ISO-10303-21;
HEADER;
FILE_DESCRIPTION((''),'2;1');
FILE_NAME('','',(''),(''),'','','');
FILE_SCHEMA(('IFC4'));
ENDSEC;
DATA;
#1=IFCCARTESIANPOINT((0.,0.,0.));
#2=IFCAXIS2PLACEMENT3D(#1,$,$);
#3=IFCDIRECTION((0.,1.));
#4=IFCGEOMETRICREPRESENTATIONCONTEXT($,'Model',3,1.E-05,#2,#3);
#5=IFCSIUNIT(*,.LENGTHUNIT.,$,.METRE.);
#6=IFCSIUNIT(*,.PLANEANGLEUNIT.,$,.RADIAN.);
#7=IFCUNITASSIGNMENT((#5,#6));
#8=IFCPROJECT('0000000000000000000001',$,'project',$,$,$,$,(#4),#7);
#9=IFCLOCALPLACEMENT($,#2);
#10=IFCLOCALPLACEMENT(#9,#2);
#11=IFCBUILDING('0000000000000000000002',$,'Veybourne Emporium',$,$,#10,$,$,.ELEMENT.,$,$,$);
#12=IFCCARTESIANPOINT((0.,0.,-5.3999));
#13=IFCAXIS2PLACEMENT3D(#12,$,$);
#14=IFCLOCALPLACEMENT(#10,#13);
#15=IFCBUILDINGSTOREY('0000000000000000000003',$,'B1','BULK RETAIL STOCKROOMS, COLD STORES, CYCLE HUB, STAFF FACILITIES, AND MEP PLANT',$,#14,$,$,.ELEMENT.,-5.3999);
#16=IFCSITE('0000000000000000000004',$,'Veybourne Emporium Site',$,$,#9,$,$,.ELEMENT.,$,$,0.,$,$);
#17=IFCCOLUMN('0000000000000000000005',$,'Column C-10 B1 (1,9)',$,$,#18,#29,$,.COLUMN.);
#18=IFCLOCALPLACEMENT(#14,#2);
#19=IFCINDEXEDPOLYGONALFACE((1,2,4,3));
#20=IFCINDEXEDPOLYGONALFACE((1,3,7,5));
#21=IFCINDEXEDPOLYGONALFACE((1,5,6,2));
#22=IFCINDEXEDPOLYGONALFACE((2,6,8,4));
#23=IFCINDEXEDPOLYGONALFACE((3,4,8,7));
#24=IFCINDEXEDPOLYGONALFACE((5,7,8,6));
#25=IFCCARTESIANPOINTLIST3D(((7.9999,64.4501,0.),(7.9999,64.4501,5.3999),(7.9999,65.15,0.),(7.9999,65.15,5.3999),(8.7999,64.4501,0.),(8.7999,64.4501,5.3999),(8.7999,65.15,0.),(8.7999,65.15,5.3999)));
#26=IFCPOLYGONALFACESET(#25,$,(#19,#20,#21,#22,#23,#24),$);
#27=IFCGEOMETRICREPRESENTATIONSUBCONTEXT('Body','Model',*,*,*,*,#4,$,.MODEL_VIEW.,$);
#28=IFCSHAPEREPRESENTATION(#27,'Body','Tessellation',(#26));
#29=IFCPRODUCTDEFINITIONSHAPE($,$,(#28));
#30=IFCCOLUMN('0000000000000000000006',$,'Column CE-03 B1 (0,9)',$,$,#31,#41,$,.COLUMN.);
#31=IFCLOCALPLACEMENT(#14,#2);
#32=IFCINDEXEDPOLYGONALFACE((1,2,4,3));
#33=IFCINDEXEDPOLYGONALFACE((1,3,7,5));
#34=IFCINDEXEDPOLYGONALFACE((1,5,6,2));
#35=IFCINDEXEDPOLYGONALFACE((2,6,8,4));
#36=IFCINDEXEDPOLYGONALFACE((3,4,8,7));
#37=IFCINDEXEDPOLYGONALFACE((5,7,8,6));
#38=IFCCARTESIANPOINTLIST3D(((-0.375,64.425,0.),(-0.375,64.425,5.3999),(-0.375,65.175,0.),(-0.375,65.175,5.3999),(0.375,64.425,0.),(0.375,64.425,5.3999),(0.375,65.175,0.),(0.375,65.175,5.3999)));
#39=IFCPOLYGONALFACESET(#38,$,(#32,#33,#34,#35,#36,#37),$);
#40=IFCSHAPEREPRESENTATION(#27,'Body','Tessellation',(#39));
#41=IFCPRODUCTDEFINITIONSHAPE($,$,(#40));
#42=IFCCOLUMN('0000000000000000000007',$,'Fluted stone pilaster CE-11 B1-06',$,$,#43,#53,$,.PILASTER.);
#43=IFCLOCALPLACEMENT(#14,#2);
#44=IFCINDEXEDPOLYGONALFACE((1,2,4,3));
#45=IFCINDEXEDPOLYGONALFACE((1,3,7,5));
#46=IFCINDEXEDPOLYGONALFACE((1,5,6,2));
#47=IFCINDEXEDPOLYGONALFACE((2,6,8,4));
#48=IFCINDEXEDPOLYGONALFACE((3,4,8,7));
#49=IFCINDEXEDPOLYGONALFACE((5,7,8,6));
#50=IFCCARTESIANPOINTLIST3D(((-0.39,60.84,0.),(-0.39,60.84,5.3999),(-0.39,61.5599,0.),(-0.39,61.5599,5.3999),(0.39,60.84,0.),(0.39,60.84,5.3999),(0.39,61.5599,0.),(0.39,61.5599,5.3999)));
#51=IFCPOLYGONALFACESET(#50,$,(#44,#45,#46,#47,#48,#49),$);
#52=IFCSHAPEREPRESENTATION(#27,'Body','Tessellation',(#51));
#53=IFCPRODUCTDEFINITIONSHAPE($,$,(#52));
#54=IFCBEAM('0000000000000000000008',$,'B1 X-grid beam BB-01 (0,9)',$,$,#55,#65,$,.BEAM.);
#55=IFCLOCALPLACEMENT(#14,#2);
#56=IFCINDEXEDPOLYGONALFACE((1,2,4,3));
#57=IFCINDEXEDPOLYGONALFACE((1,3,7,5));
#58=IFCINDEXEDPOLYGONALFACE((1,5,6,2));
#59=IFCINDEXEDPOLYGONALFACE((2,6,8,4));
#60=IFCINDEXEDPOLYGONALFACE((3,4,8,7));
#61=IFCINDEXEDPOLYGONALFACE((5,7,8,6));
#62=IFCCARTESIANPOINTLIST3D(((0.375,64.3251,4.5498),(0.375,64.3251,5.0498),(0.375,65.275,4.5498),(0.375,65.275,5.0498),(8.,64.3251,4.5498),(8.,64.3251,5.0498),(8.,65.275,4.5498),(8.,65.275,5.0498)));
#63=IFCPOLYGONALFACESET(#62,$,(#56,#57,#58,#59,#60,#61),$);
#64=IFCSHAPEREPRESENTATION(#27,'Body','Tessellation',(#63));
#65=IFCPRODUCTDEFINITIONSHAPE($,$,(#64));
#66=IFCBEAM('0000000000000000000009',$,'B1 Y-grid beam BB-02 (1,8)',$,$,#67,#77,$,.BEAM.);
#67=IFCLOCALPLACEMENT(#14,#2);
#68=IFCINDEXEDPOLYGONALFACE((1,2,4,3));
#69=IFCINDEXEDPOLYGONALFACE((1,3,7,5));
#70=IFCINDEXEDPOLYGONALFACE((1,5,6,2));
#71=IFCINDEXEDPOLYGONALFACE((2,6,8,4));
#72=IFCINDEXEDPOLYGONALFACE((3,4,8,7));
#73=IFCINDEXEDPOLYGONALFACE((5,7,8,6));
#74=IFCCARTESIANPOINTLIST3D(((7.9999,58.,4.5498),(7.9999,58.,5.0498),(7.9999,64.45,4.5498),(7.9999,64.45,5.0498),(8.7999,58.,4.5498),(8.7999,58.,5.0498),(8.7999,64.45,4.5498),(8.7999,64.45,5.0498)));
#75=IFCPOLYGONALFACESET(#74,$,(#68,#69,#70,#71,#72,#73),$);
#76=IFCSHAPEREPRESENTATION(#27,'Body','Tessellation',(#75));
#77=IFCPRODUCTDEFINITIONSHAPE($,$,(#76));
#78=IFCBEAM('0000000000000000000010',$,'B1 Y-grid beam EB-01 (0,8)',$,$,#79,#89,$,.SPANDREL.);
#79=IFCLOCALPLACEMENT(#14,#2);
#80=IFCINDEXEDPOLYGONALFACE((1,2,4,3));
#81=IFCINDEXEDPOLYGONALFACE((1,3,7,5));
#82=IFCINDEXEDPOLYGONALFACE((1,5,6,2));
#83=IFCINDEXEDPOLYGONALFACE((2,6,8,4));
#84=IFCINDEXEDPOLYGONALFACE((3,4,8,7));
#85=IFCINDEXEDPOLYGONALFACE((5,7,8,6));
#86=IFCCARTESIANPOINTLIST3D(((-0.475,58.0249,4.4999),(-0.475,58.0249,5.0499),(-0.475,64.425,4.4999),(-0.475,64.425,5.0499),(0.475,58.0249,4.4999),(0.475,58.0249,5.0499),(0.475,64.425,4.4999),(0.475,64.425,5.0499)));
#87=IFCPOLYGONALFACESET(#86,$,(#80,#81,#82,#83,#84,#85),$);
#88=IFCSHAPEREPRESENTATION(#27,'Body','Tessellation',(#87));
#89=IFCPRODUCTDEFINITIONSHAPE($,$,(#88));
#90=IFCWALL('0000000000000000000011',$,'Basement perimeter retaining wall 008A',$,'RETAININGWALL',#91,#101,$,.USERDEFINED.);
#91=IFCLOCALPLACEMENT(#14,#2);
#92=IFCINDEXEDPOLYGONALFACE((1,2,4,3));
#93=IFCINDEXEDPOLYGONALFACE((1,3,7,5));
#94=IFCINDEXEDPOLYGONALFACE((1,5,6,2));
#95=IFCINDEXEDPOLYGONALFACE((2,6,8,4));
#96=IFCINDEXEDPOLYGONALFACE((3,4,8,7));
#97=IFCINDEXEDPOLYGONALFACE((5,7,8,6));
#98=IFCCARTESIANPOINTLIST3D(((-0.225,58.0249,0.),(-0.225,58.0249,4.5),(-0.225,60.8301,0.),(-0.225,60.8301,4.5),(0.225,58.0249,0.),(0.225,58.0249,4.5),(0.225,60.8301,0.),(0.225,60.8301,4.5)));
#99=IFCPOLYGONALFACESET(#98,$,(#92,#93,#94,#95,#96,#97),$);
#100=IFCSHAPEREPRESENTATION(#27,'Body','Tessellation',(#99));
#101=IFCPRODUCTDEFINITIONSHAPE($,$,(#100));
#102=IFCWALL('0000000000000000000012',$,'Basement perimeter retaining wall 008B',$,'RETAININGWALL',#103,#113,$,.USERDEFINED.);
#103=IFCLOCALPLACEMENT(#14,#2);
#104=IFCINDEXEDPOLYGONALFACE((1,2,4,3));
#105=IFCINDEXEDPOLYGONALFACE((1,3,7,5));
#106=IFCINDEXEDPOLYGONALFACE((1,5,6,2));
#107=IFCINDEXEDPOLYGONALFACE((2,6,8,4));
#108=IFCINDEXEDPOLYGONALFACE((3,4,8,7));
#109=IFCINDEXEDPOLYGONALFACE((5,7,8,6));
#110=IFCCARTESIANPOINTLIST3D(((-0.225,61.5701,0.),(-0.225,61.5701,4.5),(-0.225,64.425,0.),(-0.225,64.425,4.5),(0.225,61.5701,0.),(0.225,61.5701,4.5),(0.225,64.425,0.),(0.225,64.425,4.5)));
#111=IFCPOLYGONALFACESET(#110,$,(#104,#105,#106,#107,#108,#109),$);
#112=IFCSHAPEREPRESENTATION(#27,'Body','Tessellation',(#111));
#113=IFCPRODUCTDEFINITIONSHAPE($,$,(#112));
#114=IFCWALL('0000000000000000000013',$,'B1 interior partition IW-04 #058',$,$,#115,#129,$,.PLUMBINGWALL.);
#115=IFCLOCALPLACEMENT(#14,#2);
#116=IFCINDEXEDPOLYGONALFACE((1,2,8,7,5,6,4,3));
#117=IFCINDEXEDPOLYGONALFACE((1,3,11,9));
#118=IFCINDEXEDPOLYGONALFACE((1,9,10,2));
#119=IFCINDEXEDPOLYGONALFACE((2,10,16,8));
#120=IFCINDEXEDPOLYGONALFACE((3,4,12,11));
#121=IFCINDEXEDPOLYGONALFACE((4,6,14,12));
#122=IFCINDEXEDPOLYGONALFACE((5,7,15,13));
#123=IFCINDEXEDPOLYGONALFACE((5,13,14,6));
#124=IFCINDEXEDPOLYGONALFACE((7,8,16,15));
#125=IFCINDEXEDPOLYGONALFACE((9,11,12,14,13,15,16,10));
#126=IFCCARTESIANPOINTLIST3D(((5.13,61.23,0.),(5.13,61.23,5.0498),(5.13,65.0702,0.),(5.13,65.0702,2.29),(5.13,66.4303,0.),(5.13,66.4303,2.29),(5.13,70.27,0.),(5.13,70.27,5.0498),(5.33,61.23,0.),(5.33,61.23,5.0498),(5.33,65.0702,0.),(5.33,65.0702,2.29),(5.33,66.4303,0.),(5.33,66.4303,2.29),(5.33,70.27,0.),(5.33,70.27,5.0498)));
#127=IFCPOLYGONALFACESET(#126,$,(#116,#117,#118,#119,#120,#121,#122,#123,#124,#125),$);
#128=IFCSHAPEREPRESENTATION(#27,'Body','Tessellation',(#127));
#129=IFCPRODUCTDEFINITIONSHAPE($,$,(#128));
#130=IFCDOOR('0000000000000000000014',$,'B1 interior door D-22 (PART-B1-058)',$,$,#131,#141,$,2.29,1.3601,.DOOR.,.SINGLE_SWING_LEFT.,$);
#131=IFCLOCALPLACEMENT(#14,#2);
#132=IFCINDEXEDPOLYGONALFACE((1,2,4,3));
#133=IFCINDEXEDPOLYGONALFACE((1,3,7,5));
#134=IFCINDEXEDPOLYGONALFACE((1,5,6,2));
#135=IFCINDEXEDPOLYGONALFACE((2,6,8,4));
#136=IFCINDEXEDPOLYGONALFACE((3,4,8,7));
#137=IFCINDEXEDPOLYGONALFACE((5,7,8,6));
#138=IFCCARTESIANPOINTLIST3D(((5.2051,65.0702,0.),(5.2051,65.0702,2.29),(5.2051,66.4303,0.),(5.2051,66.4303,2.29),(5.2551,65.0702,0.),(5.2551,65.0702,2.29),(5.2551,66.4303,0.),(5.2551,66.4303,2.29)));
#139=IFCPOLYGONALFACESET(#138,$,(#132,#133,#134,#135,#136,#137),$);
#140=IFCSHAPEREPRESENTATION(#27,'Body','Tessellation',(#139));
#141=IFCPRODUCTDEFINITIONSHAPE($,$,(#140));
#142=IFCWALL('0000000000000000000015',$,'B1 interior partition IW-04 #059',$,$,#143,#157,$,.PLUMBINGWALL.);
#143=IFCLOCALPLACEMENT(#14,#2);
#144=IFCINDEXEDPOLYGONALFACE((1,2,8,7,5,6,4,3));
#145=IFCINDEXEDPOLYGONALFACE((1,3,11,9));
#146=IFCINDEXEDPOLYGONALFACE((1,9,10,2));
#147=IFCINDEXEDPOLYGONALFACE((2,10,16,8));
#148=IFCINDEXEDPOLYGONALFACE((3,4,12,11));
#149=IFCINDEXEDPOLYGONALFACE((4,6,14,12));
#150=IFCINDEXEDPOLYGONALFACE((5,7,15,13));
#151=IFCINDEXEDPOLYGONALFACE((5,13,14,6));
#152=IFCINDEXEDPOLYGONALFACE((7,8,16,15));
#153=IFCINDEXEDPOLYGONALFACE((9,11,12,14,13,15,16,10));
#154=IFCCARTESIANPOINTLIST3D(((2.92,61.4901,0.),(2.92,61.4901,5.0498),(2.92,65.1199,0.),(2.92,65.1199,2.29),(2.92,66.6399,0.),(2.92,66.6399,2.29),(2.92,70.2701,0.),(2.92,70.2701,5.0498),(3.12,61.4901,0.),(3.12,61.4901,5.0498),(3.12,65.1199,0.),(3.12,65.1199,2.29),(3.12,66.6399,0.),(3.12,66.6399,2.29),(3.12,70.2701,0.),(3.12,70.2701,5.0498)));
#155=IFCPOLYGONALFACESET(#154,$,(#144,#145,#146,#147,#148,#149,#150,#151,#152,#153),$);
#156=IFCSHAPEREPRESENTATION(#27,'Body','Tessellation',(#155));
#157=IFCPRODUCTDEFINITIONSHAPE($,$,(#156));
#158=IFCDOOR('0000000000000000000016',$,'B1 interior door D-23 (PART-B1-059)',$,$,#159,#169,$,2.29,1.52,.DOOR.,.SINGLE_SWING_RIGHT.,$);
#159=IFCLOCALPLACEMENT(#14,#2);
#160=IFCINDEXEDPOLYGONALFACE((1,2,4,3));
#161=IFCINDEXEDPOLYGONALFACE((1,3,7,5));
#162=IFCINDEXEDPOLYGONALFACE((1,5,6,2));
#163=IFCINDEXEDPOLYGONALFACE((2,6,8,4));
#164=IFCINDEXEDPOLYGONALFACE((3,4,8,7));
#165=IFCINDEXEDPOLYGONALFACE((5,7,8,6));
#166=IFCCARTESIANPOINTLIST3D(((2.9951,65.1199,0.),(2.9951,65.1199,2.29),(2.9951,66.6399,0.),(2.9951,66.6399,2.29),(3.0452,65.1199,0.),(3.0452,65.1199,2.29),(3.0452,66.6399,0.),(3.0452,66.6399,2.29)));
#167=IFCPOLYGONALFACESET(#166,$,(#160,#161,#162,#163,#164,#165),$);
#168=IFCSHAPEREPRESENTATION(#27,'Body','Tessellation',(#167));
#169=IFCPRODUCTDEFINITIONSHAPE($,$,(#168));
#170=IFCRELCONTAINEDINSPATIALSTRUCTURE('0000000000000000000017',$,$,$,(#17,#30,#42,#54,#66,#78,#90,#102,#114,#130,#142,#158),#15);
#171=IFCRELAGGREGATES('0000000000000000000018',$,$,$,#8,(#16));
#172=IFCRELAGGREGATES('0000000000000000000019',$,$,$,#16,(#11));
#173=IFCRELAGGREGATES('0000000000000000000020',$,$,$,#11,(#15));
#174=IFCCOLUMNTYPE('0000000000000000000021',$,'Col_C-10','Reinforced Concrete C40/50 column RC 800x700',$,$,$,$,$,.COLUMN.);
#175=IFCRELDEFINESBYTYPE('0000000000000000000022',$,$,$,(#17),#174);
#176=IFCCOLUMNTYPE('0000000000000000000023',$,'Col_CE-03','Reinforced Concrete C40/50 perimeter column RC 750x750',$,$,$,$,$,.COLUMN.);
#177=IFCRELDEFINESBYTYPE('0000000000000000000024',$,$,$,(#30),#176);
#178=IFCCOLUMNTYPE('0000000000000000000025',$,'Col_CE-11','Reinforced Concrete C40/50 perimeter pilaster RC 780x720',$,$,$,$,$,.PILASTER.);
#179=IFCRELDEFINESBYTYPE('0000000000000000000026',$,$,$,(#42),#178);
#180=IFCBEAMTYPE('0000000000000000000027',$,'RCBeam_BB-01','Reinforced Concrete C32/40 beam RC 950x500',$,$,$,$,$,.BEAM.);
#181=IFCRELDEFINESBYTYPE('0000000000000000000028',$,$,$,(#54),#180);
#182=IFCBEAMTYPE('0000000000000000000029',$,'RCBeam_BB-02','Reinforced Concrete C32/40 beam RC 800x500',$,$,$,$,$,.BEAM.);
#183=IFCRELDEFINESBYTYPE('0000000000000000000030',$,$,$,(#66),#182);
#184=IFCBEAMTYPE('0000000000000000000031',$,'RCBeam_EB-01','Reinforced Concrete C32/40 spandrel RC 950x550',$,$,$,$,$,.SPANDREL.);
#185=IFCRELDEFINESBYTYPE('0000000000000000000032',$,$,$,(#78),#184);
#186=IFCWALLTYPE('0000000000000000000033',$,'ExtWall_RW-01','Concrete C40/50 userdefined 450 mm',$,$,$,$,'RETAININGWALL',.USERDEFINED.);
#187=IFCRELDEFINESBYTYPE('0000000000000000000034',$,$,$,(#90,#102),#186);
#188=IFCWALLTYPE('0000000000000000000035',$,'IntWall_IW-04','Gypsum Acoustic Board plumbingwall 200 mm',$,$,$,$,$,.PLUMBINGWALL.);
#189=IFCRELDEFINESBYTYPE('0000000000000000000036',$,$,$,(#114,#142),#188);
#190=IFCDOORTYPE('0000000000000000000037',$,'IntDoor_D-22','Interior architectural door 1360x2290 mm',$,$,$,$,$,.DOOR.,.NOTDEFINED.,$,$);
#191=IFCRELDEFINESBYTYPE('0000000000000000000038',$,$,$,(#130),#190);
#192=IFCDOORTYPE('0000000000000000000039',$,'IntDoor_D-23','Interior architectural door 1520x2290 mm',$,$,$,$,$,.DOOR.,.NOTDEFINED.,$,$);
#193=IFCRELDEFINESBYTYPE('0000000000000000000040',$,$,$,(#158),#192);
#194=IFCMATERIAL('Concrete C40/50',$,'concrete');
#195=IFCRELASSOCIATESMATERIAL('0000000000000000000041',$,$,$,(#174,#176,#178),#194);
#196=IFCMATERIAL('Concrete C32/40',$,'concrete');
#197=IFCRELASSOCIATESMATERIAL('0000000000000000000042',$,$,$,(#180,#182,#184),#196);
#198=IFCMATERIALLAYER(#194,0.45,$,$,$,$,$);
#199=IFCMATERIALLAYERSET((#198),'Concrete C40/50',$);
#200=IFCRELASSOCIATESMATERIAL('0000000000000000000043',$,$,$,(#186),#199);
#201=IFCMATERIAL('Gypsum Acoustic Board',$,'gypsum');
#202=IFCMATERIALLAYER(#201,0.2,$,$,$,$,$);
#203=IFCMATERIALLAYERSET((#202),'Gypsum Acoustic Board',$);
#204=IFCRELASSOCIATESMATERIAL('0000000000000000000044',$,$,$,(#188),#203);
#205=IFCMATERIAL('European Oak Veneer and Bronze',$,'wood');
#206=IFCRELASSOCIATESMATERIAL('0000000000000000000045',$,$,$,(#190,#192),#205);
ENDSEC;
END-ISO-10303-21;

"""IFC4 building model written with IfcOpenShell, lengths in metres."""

from ifc_helpers import new_model, si_unit, direction, frame, frame_2d, origin, origin_2d, place, context, subcontext, project, spatial, rectangle, extrude, material, layer, layer_set, material_profile, profile_set, type_object, element, fill, save


model = new_model("IFC4")

# Units and contexts
model_context = context("Model", 3, precision=1e-05, world=origin(), true_north=direction((0.0, 1.0)))
body_context = subcontext(model_context, "Body", "Model", "MODEL_VIEW")
ifc_project = project(units=[si_unit("LENGTHUNIT", "METRE"), si_unit("PLANEANGLEUNIT", "RADIAN")], contexts=[model_context])

# Site, building, storey
site_placement = place(None, origin())
site = spatial("IfcSite", under=ifc_project, at=site_placement, Name="Veybourne Emporium Site", CompositionType="ELEMENT", RefElevation=0.0)
building_placement = place(site_placement, origin())
building = spatial("IfcBuilding", under=site, at=building_placement, Name="Veybourne Emporium", CompositionType="ELEMENT")
storey_placement = place(building_placement, frame((0.0, 0.0, -5.3999)))
storey = spatial("IfcBuildingStorey", under=building, at=storey_placement, Name="B1", Description="BULK RETAIL STOCKROOMS, COLD STORES, CYCLE HUB, STAFF FACILITIES, AND MEP PLANT", CompositionType="ELEMENT", Elevation=-5.3999)

# Columns
ifc_material_1 = material(Name="Concrete C40/50", Category="concrete")
ifc_material_profile_1 = material_profile(ifc_material_1, rectangle(XDim=0.8, YDim=0.7, at=origin_2d()), Name="RC 800x700")
ifc_profile_set_1 = profile_set([ifc_material_profile_1], Name="Concrete C40/50")
column_type_1 = type_object("IfcColumnType", Name="Col_C-10", Description="Reinforced Concrete C40/50 column RC 800x700", PredefinedType="COLUMN", material=ifc_profile_set_1)
column_1_placement = place(storey_placement, frame((8.3999, 64.8, 0.0), z_axis=(0.0, 0.0, 1.0), x_axis=(1.0, 0.0, 0.0)))
element("IfcColumn", 1, at=column_1_placement, inside=storey, type_object=column_type_1, Name="Column C-10 B1 (1,9)", PredefinedType="COLUMN", context=body_context, shape_type="SweptSolid", body=[
    extrude(rectangle(XDim=0.8, YDim=0.7, at=origin_2d()), origin(), (0.0, 0.0, 1.0), 5.3999),
])
ifc_material_profile_2 = material_profile(ifc_material_1, rectangle(XDim=0.75, YDim=0.75, at=origin_2d()), Name="RC 750x750")
ifc_profile_set_2 = profile_set([ifc_material_profile_2], Name="Concrete C40/50")
column_type_2 = type_object("IfcColumnType", Name="Col_CE-03", Description="Reinforced Concrete C40/50 perimeter column RC 750x750", PredefinedType="COLUMN", material=ifc_profile_set_2)
column_2_placement = place(storey_placement, frame((0.0, 64.8, 0.0), z_axis=(0.0, 0.0, 1.0), x_axis=(1.0, 0.0, 0.0)))
element("IfcColumn", 2, at=column_2_placement, inside=storey, type_object=column_type_2, Name="Column CE-03 B1 (0,9)", PredefinedType="COLUMN", context=body_context, shape_type="SweptSolid", body=[
    extrude(rectangle(XDim=0.75, YDim=0.75, at=origin_2d()), origin(), (0.0, 0.0, 1.0), 5.3999),
])
ifc_material_profile_3 = material_profile(ifc_material_1, rectangle(XDim=0.78, YDim=0.72, at=origin_2d()), Name="RC 780x720")
ifc_profile_set_3 = profile_set([ifc_material_profile_3], Name="Concrete C40/50")
column_type_3 = type_object("IfcColumnType", Name="Col_CE-11", Description="Reinforced Concrete C40/50 perimeter pilaster RC 780x720", PredefinedType="PILASTER", material=ifc_profile_set_3)
column_3_placement = place(storey_placement, frame((0.0, 61.2, 0.0), z_axis=(0.0, 0.0, 1.0), x_axis=(1.0, 0.0, 0.0)))
element("IfcColumn", 3, at=column_3_placement, inside=storey, type_object=column_type_3, Name="Fluted stone pilaster CE-11 B1-06", PredefinedType="PILASTER", context=body_context, shape_type="SweptSolid", body=[
    extrude(rectangle(XDim=0.78, YDim=0.72, at=origin_2d()), origin(), (0.0, 0.0, 1.0), 5.3999),
])

# Beams
ifc_material_2 = material(Name="Concrete C32/40", Category="concrete")
ifc_material_profile_4 = material_profile(ifc_material_2, rectangle(XDim=0.95, YDim=0.5, at=origin_2d()), Name="RC 950x500")
ifc_profile_set_4 = profile_set([ifc_material_profile_4], Name="Concrete C32/40")
beam_type_1 = type_object("IfcBeamType", Name="RCBeam_BB-01", Description="Reinforced Concrete C32/40 beam RC 950x500", PredefinedType="BEAM", material=ifc_profile_set_4)
beam_1_placement = place(storey_placement, frame((0.375, 64.8, 4.7998), z_axis=(1.0, 0.0, 0.0), x_axis=(0.0, 1.0, 0.0)))
element("IfcBeam", 4, at=beam_1_placement, inside=storey, type_object=beam_type_1, Name="B1 X-grid beam BB-01 (0,9)", PredefinedType="BEAM", context=body_context, shape_type="SweptSolid", body=[
    extrude(rectangle(XDim=0.95, YDim=0.5, at=origin_2d()), origin(), (0.0, 0.0, 1.0), 7.625),
])
ifc_material_profile_5 = material_profile(ifc_material_2, rectangle(XDim=0.8, YDim=0.5, at=origin_2d()), Name="RC 800x500")
ifc_profile_set_5 = profile_set([ifc_material_profile_5], Name="Concrete C32/40")
beam_type_2 = type_object("IfcBeamType", Name="RCBeam_BB-02", Description="Reinforced Concrete C32/40 beam RC 800x500", PredefinedType="BEAM", material=ifc_profile_set_5)
beam_2_placement = place(storey_placement, frame((8.3999, 58.0, 4.7998), z_axis=(0.0, 1.0, 0.0), x_axis=(-1.0, 0.0, 0.0)))
element("IfcBeam", 5, at=beam_2_placement, inside=storey, type_object=beam_type_2, Name="B1 Y-grid beam BB-02 (1,8)", PredefinedType="BEAM", context=body_context, shape_type="SweptSolid", body=[
    extrude(rectangle(XDim=0.8, YDim=0.5, at=origin_2d()), origin(), (0.0, 0.0, 1.0), 6.45),
])
ifc_material_profile_6 = material_profile(ifc_material_2, rectangle(XDim=0.95, YDim=0.55, at=origin_2d()), Name="RC 950x550")
ifc_profile_set_6 = profile_set([ifc_material_profile_6], Name="Concrete C32/40")
beam_type_3 = type_object("IfcBeamType", Name="RCBeam_EB-01", Description="Reinforced Concrete C32/40 spandrel RC 950x550", PredefinedType="SPANDREL", material=ifc_profile_set_6)
beam_3_placement = place(storey_placement, frame((0.0, 58.0249, 4.7749), z_axis=(0.0, 1.0, 0.0), x_axis=(-1.0, 0.0, 0.0)))
element("IfcBeam", 6, at=beam_3_placement, inside=storey, type_object=beam_type_3, Name="B1 Y-grid beam EB-01 (0,8)", PredefinedType="SPANDREL", context=body_context, shape_type="SweptSolid", body=[
    extrude(rectangle(XDim=0.95, YDim=0.55, at=origin_2d()), origin(), (0.0, 0.0, 1.0), 6.4001),
])

# Walls
ifc_layer_1 = layer(ifc_material_1, 0.45)
ifc_layer_set_1 = layer_set([ifc_layer_1], Name="Concrete C40/50")
wall_type_1 = type_object("IfcWallType", Name="ExtWall_RW-01", Description="Concrete C40/50 userdefined 450 mm", ElementType="RETAININGWALL", PredefinedType="USERDEFINED", material=ifc_layer_set_1)
wall_1_placement = place(storey_placement, frame((0.0, 58.0249, 0.0), z_axis=(0.0, 0.0, 1.0), x_axis=(0.0, 1.0, 0.0)))
element("IfcWall", 7, at=wall_1_placement, inside=storey, type_object=wall_type_1, Name="Basement perimeter retaining wall 008A", ObjectType="RETAININGWALL", PredefinedType="USERDEFINED", context=body_context, shape_type="SweptSolid", body=[
    extrude(rectangle(XDim=2.8052, YDim=0.45, at=frame_2d((1.4026, 0.0))), origin(), (0.0, 0.0, 1.0), 4.5),
])
wall_2_placement = place(storey_placement, frame((0.0, 61.5701, 0.0), z_axis=(0.0, 0.0, 1.0), x_axis=(0.0, 1.0, 0.0)))
element("IfcWall", 8, at=wall_2_placement, inside=storey, type_object=wall_type_1, Name="Basement perimeter retaining wall 008B", ObjectType="RETAININGWALL", PredefinedType="USERDEFINED", context=body_context, shape_type="SweptSolid", body=[
    extrude(rectangle(XDim=2.855, YDim=0.45, at=frame_2d((1.4275, 0.0))), origin(), (0.0, 0.0, 1.0), 4.5),
])

# Walls, openings, doors
ifc_material_3 = material(Name="Gypsum Acoustic Board", Category="gypsum")
ifc_layer_2 = layer(ifc_material_3, 0.2)
ifc_layer_set_2 = layer_set([ifc_layer_2], Name="Gypsum Acoustic Board")
wall_type_2 = type_object("IfcWallType", Name="IntWall_IW-04", Description="Gypsum Acoustic Board plumbingwall 200 mm", PredefinedType="PLUMBINGWALL", material=ifc_layer_set_2)
wall_3_placement = place(storey_placement, frame((5.23, 61.23, 0.0), z_axis=(0.0, 0.0, 1.0), x_axis=(0.0, 1.0, 0.0)))
wall_3 = element("IfcWall", 9, at=wall_3_placement, inside=storey, type_object=wall_type_2, Name="B1 interior partition IW-04 #058", PredefinedType="PLUMBINGWALL", context=body_context, shape_type="SweptSolid", body=[
    extrude(rectangle(XDim=9.04, YDim=0.2, at=frame_2d((4.52, 0.0))), origin(), (0.0, 0.0, 1.0), 5.0498),
])
opening_1_placement = place(wall_3_placement, frame((3.8401, 0.0, 0.0)))
opening_1 = element("IfcOpeningElement", 10, at=opening_1_placement, cuts=wall_3, PredefinedType="OPENING", context=body_context, shape_type="SweptSolid", body=[
    extrude(rectangle(XDim=1.3601, YDim=2.29, at=frame_2d((0.6802, 1.145))), frame((0.0, 0.1201, 0.0), z_axis=(0.0, -1.0, 0.0), x_axis=(1.0, 0.0, 0.0)), (0.0, 0.0, 1.0), 0.24),
])
ifc_material_4 = material(Name="European Oak Veneer and Bronze", Category="wood")
door_type_1 = type_object("IfcDoorType", Name="IntDoor_D-22", Description="Interior architectural door 1360x2290 mm", OperationType="NOTDEFINED", PredefinedType="DOOR", material=ifc_material_4)
door_1_placement = place(opening_1_placement, origin())
door_1 = element("IfcDoor", 11, at=door_1_placement, inside=storey, type_object=door_type_1, Name="B1 interior door D-22 (PART-B1-058)", OperationType="SINGLE_SWING_LEFT", OverallHeight=2.29, OverallWidth=1.3601, PredefinedType="DOOR", context=body_context, shape_type="SweptSolid", body=[
    extrude(rectangle(XDim=1.3601, YDim=2.29, at=frame_2d((0.6802, 1.145))), frame((0.0, 0.0249, 0.0), z_axis=(0.0, -1.0, 0.0), x_axis=(1.0, 0.0, 0.0)), (0.0, 0.0, 1.0), 0.05),
])
fill(opening_1, door_1)
wall_4_placement = place(storey_placement, frame((3.02, 61.49, 0.0), z_axis=(0.0, 0.0, 1.0), x_axis=(0.0, 1.0, 0.0)))
wall_4 = element("IfcWall", 12, at=wall_4_placement, inside=storey, type_object=wall_type_2, Name="B1 interior partition IW-04 #059", PredefinedType="PLUMBINGWALL", context=body_context, shape_type="SweptSolid", body=[
    extrude(rectangle(XDim=8.78, YDim=0.2, at=frame_2d((4.3901, 0.0))), origin(), (0.0, 0.0, 1.0), 5.0498),
])
opening_2_placement = place(wall_4_placement, frame((3.6299, 0.0, 0.0)))
opening_2 = element("IfcOpeningElement", 13, at=opening_2_placement, cuts=wall_4, PredefinedType="OPENING", context=body_context, shape_type="SweptSolid", body=[
    extrude(rectangle(XDim=1.52, YDim=2.29, at=frame_2d((0.76, 1.145))), frame((0.0, 0.1201, 0.0), z_axis=(0.0, -1.0, 0.0), x_axis=(1.0, 0.0, 0.0)), (0.0, 0.0, 1.0), 0.24),
])
door_type_2 = type_object("IfcDoorType", Name="IntDoor_D-23", Description="Interior architectural door 1520x2290 mm", OperationType="NOTDEFINED", PredefinedType="DOOR", material=ifc_material_4)
door_2_placement = place(opening_2_placement, origin())
door_2 = element("IfcDoor", 14, at=door_2_placement, inside=storey, type_object=door_type_2, Name="B1 interior door D-23 (PART-B1-059)", OperationType="SINGLE_SWING_RIGHT", OverallHeight=2.29, OverallWidth=1.52, PredefinedType="DOOR", context=body_context, shape_type="SweptSolid", body=[
    extrude(rectangle(XDim=1.52, YDim=2.29, at=frame_2d((0.76, 1.145))), frame((0.0, 0.0249, 0.0), z_axis=(0.0, -1.0, 0.0), x_axis=(1.0, 0.0, 0.0)), (0.0, 0.0, 1.0), 0.05),
])
fill(opening_2, door_2)

save(model, "model.ifc")
